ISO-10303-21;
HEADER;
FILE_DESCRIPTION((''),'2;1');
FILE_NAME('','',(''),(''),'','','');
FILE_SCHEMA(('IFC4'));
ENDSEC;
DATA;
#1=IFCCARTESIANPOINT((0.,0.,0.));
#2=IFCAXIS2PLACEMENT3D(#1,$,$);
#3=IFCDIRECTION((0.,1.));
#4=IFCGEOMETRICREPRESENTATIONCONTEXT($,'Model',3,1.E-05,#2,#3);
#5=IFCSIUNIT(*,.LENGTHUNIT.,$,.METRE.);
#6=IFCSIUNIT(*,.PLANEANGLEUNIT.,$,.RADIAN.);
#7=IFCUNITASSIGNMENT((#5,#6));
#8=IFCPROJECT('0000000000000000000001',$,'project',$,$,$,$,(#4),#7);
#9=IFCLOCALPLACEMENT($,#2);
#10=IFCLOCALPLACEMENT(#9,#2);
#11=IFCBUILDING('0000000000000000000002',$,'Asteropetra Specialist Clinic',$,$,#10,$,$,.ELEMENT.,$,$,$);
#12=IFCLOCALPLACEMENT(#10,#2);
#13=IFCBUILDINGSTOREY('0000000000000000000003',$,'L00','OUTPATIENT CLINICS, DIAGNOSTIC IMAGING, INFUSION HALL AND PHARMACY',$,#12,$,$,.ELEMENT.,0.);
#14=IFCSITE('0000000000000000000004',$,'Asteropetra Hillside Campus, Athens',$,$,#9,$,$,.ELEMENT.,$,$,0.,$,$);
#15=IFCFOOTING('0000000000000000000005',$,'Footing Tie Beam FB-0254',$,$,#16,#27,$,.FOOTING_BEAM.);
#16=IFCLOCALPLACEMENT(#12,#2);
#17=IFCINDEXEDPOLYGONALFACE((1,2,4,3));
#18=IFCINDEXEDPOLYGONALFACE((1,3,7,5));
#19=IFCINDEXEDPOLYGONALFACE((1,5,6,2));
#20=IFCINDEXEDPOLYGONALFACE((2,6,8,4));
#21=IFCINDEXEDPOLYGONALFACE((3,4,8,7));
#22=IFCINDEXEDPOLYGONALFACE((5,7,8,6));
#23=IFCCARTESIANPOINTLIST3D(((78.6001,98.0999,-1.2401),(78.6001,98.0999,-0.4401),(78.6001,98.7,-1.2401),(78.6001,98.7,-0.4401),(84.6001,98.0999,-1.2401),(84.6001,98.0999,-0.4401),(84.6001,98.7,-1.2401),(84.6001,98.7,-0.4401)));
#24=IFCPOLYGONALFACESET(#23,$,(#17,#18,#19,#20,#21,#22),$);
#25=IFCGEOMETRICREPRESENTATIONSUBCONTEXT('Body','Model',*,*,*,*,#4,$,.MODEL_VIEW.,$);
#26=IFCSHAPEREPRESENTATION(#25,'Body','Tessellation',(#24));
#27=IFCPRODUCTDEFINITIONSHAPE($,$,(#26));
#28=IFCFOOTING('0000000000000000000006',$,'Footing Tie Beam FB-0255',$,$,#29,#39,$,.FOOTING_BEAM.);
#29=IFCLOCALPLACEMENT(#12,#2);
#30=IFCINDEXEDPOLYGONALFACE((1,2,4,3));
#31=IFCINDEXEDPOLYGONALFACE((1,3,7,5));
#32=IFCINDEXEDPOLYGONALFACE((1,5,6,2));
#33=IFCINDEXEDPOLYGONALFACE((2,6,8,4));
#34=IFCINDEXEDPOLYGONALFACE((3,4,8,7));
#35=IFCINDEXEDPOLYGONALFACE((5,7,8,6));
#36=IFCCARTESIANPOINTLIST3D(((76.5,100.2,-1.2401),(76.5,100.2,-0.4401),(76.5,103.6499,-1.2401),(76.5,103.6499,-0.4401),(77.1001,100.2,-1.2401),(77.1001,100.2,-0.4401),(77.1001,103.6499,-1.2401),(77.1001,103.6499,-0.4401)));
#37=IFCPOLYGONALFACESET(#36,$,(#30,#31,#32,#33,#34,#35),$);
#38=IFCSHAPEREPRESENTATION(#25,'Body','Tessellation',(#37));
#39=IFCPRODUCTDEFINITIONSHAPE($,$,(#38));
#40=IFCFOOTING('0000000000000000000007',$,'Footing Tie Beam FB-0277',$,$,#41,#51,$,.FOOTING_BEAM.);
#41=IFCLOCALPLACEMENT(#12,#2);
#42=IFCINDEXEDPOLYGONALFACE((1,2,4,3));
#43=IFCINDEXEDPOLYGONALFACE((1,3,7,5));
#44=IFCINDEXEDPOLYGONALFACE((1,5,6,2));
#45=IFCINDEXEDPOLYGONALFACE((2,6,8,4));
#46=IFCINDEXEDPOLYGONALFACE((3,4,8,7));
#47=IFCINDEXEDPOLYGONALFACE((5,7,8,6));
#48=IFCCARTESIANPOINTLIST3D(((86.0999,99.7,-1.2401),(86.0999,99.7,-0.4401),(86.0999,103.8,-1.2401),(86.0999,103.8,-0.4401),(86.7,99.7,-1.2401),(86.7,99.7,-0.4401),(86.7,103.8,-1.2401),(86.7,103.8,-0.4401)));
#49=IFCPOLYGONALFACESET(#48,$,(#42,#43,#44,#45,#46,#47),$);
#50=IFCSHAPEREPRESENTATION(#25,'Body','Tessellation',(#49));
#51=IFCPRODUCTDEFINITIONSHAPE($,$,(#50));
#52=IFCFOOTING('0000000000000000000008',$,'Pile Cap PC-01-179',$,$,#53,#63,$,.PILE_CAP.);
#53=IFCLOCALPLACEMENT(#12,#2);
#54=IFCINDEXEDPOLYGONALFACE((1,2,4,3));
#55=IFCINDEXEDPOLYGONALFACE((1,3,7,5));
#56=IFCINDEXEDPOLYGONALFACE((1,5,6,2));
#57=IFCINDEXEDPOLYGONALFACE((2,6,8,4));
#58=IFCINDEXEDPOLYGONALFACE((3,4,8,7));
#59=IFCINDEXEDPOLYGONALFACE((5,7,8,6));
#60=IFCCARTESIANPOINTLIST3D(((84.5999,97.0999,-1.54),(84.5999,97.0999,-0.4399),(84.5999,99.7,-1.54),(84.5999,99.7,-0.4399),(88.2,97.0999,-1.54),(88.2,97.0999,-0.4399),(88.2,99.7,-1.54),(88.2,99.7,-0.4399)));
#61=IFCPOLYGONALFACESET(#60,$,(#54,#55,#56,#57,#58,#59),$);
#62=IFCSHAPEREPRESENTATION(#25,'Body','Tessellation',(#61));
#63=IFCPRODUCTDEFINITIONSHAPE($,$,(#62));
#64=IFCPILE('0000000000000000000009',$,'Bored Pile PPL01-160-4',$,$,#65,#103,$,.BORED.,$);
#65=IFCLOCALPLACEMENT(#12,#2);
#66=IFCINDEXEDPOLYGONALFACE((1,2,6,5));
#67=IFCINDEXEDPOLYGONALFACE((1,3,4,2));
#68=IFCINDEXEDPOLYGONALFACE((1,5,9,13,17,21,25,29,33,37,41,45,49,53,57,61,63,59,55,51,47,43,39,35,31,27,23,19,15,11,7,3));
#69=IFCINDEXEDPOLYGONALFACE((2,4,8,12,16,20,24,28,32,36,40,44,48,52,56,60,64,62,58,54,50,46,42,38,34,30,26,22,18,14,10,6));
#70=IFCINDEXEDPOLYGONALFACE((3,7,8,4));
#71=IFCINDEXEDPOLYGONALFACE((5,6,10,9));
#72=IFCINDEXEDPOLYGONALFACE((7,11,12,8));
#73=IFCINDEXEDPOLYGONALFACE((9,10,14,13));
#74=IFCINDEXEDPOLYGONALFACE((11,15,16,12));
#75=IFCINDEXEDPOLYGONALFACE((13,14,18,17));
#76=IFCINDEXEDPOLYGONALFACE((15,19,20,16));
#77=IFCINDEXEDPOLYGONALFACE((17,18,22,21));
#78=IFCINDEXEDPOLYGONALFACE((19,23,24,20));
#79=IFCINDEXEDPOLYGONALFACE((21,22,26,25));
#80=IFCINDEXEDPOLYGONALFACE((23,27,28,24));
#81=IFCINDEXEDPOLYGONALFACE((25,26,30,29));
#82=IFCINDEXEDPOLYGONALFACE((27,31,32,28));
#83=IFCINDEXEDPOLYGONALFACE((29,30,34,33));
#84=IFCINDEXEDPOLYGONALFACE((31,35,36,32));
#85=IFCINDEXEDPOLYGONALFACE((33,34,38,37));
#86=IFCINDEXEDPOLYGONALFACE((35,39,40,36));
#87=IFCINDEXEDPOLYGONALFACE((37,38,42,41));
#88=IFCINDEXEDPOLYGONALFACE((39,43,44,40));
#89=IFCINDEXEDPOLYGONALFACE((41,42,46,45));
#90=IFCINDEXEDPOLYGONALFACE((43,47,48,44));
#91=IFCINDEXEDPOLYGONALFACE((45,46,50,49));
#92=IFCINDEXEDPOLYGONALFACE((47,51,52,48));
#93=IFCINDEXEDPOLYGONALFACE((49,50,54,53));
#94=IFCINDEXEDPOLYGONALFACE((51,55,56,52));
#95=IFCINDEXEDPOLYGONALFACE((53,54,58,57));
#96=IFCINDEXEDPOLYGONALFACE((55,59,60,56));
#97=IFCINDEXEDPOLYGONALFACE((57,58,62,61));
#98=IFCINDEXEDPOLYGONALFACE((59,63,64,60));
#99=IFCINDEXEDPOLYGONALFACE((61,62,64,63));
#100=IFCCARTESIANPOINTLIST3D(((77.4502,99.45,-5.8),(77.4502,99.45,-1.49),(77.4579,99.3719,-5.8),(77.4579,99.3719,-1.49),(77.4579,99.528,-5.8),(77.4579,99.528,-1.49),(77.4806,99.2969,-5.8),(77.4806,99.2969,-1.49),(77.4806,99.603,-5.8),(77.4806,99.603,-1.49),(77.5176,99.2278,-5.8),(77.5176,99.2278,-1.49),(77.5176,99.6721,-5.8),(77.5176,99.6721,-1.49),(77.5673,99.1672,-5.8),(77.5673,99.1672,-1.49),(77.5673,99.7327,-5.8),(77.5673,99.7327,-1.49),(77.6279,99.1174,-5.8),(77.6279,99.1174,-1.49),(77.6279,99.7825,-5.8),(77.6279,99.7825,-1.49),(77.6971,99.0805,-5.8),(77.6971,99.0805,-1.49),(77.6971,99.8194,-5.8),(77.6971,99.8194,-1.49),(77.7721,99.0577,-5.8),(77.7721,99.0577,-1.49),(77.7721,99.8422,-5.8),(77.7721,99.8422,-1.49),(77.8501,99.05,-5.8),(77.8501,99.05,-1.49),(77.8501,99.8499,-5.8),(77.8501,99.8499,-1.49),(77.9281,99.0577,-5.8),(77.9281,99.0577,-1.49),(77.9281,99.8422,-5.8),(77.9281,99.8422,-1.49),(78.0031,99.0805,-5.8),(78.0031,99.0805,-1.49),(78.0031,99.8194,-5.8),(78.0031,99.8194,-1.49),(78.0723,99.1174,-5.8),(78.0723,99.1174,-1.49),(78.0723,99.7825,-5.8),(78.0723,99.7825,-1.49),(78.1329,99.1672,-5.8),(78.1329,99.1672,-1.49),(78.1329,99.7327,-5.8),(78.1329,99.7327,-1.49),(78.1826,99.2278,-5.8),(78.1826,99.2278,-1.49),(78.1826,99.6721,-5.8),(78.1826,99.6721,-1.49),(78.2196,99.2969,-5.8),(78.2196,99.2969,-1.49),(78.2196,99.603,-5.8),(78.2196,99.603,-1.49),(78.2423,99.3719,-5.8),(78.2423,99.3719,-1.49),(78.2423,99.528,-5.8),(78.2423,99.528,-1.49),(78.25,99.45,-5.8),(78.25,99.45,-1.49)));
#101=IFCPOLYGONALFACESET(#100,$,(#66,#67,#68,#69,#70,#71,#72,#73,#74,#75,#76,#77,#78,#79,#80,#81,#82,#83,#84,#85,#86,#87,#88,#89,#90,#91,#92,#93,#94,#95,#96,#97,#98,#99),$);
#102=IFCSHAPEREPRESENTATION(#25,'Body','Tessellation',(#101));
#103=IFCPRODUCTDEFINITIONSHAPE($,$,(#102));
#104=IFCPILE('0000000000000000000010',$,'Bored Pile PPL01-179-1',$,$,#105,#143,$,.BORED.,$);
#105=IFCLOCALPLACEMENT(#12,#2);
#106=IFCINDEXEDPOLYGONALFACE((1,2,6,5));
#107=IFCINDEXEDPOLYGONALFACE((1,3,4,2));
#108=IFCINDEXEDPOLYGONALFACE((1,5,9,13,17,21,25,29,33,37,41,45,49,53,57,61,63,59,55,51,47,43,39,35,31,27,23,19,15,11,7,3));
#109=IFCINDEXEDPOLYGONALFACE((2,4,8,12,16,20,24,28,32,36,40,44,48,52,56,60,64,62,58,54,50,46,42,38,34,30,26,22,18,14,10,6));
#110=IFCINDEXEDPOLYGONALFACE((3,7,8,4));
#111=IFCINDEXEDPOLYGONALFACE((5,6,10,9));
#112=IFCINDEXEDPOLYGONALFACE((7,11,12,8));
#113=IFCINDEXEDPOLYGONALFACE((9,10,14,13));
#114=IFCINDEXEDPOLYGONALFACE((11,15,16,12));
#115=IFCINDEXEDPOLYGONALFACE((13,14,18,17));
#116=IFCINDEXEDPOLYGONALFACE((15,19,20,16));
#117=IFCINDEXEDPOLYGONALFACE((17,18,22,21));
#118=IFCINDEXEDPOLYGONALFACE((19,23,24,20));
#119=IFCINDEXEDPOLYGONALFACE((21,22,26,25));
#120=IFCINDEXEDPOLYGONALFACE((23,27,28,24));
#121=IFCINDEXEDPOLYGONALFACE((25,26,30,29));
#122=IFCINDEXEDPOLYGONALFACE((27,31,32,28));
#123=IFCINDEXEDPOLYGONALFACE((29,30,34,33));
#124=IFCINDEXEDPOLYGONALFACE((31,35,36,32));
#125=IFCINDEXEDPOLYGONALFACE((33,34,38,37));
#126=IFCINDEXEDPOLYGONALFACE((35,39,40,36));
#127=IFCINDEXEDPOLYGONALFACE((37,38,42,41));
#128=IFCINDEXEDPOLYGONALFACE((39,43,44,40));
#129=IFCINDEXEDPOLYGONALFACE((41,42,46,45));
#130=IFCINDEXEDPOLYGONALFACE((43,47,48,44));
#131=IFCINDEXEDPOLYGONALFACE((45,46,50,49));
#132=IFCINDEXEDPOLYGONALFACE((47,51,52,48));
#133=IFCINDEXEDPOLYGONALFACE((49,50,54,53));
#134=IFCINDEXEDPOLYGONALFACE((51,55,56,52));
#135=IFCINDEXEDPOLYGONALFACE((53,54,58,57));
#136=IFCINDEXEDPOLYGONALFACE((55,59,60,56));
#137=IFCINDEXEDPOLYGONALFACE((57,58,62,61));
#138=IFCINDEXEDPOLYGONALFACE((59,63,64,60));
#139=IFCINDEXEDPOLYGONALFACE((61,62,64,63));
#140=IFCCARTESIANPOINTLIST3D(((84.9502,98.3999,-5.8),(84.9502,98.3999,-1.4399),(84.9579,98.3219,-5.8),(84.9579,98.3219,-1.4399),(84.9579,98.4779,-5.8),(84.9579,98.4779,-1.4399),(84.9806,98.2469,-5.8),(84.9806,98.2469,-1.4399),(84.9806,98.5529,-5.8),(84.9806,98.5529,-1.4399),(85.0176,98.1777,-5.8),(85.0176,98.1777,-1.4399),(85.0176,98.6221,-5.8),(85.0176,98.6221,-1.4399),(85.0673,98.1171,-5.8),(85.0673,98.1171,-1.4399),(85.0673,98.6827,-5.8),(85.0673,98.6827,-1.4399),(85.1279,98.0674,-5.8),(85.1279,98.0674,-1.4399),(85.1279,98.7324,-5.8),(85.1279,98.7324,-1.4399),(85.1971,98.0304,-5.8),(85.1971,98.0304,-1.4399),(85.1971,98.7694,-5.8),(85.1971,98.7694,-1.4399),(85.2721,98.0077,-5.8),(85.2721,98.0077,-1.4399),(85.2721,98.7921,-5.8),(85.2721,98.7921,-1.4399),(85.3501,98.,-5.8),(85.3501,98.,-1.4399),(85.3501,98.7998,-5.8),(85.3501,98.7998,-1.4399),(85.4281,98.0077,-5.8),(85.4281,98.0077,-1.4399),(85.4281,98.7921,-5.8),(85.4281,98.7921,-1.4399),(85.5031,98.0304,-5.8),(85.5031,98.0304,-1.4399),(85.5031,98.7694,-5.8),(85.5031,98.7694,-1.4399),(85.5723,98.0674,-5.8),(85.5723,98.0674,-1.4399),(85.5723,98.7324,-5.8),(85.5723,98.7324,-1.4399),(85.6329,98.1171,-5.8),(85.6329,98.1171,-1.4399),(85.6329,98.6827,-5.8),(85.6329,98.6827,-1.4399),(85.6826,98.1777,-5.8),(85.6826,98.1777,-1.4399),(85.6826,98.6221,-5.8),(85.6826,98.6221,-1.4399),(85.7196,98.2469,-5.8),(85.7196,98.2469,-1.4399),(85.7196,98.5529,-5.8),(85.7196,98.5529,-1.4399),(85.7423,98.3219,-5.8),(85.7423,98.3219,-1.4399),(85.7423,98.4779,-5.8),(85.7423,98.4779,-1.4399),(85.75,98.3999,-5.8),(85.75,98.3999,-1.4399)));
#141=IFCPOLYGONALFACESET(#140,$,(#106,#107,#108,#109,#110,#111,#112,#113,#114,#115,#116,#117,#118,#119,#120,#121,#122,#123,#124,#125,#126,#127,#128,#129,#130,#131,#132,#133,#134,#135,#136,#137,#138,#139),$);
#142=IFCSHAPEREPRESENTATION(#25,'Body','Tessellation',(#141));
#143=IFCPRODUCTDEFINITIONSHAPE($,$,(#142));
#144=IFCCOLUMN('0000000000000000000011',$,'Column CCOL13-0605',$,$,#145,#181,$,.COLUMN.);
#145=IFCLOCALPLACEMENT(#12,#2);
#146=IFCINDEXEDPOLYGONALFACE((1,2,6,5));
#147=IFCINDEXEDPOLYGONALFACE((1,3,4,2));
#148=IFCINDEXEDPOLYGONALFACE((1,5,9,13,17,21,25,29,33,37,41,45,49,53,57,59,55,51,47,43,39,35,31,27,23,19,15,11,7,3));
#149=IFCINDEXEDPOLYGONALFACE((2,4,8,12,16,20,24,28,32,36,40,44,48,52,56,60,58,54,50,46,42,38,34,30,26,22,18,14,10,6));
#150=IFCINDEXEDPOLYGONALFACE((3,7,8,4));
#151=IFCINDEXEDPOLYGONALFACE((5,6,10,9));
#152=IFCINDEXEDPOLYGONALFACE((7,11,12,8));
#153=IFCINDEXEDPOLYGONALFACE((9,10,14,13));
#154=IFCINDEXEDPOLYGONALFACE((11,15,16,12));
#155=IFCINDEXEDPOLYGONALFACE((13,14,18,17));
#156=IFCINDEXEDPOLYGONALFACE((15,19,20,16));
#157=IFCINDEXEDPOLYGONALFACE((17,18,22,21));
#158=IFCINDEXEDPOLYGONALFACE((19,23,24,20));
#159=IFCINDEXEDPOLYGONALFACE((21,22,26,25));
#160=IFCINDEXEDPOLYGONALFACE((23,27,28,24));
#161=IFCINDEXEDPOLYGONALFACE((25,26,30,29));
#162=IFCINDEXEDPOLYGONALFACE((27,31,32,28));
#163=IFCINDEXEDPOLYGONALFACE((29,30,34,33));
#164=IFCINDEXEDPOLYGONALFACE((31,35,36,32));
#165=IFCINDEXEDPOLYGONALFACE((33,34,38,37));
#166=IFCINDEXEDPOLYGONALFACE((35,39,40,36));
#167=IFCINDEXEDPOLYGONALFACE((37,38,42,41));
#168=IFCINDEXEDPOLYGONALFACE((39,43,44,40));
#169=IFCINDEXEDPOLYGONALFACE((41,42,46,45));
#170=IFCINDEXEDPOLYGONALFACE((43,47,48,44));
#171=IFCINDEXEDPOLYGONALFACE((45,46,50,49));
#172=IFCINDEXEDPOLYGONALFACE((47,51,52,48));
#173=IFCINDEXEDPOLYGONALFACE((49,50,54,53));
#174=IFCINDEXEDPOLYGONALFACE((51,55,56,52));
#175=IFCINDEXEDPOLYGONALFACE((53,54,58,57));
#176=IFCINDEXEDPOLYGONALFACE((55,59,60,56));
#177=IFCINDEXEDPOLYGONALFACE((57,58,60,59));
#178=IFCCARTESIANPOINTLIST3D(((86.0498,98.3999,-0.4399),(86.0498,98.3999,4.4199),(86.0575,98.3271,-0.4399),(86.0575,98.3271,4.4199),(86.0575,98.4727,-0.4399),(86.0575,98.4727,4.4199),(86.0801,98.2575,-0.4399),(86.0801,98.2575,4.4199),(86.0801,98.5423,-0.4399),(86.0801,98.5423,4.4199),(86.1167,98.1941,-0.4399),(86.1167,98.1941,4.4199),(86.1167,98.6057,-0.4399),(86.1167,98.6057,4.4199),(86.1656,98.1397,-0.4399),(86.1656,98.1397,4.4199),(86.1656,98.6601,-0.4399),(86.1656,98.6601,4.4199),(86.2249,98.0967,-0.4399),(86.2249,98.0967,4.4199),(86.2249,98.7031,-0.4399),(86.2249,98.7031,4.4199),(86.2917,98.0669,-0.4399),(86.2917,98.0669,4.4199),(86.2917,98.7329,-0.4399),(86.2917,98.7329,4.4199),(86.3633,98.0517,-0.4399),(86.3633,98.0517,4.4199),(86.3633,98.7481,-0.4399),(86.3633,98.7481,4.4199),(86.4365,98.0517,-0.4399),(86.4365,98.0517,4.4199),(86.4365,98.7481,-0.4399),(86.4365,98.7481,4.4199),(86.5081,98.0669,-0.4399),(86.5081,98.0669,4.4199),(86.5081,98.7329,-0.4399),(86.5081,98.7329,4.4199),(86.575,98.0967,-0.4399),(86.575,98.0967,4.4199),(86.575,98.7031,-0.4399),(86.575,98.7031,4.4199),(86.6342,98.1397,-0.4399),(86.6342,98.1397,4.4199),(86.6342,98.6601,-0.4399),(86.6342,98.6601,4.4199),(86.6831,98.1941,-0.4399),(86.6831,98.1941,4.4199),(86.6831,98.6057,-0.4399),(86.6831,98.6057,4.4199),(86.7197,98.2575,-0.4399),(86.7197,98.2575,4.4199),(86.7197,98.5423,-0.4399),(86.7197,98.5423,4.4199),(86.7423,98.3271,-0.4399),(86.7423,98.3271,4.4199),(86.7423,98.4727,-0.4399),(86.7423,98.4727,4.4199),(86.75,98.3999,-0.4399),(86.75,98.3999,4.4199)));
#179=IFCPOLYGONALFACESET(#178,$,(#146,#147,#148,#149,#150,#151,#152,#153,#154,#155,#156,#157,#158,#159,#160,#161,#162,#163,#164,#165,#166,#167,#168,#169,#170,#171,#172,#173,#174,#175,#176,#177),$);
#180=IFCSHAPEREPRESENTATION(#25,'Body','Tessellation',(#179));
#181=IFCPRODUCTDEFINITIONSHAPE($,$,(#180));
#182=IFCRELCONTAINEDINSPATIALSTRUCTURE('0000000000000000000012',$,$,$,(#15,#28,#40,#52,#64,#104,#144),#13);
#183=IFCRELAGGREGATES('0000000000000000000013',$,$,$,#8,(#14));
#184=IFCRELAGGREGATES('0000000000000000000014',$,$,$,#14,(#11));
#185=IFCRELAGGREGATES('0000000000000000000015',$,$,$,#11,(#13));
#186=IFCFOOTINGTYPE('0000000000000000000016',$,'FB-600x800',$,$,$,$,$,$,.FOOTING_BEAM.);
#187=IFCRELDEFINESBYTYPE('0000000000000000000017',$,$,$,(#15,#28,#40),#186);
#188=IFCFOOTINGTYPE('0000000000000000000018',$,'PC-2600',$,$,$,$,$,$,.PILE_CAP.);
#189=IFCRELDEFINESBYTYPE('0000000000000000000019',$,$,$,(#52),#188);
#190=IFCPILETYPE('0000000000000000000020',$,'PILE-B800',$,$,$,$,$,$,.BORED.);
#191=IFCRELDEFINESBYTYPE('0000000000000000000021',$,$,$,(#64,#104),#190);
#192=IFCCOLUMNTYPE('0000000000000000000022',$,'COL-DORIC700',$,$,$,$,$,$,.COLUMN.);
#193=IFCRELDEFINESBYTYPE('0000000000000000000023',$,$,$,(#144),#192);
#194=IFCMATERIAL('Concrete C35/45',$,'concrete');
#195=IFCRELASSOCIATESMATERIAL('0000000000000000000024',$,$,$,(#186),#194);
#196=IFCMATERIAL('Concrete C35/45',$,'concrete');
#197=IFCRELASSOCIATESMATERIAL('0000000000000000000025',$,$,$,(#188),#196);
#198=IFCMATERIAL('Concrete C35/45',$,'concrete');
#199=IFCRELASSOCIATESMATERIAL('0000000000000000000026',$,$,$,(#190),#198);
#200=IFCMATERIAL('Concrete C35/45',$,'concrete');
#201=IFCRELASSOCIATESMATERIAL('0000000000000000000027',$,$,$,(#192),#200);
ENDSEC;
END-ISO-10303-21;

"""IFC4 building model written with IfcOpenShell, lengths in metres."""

from ifc_helpers import new_model, si_unit, direction, frame, origin, origin_2d, place, context, subcontext, project, spatial, rectangle, circle, extrude, material, material_profile, profile_set, type_object, element, save


model = new_model("IFC4")

# Units and contexts
model_context = context("Model", 3, precision=1e-05, world=origin(), true_north=direction((0.0, 1.0)))
body_context = subcontext(model_context, "Body", "Model", "MODEL_VIEW")
ifc_project = project(units=[si_unit("LENGTHUNIT", "METRE"), si_unit("PLANEANGLEUNIT", "RADIAN")], contexts=[model_context])

# Site, building, storey
site_placement = place(None, origin())
site = spatial("IfcSite", under=ifc_project, at=site_placement, Name="Asteropetra Hillside Campus, Athens", CompositionType="ELEMENT", RefElevation=0.0)
building_placement = place(site_placement, origin())
building = spatial("IfcBuilding", under=site, at=building_placement, Name="Asteropetra Specialist Clinic", CompositionType="ELEMENT")
storey_placement = place(building_placement, origin())
storey = spatial("IfcBuildingStorey", under=building, at=storey_placement, Name="L00", Description="OUTPATIENT CLINICS, DIAGNOSTIC IMAGING, INFUSION HALL AND PHARMACY", CompositionType="ELEMENT", Elevation=0.0)

# Footings
ifc_material_1 = material(Name="Concrete C35/45", Category="concrete")
ifc_material_profile_1 = material_profile(ifc_material_1, rectangle(XDim=0.6001, YDim=0.8, at=origin_2d()), Name="FB 600x800")
ifc_profile_set_1 = profile_set([ifc_material_profile_1], Name="Concrete C35/45")
footing_type_1 = type_object("IfcFootingType", Name="FB-600x800", PredefinedType="FOOTING_BEAM", material=ifc_profile_set_1)
footing_1_placement = place(storey_placement, frame((78.6001, 98.3999, -0.8401), z_axis=(1.0, 0.0, 0.0), x_axis=(0.0, 1.0, 0.0)))
element("IfcFooting", 1, at=footing_1_placement, inside=storey, type_object=footing_type_1, Name="Footing Tie Beam FB-0254", PredefinedType="FOOTING_BEAM", context=body_context, shape_type="SweptSolid", body=[
    extrude(rectangle(XDim=0.6001, YDim=0.8, at=origin_2d()), origin(), (0.0, 0.0, 1.0), 6.0),
])
footing_2_placement = place(storey_placement, frame((76.8, 100.2, -0.8401), z_axis=(0.0, 1.0, 0.0), x_axis=(-1.0, 0.0, 0.0)))
element("IfcFooting", 2, at=footing_2_placement, inside=storey, type_object=footing_type_1, Name="Footing Tie Beam FB-0255", PredefinedType="FOOTING_BEAM", context=body_context, shape_type="SweptSolid", body=[
    extrude(rectangle(XDim=0.6001, YDim=0.8, at=origin_2d()), origin(), (0.0, 0.0, 1.0), 3.45),
])
footing_3_placement = place(storey_placement, frame((86.3999, 99.7, -0.8401), z_axis=(0.0, 1.0, 0.0), x_axis=(-1.0, 0.0, 0.0)))
element("IfcFooting", 3, at=footing_3_placement, inside=storey, type_object=footing_type_1, Name="Footing Tie Beam FB-0277", PredefinedType="FOOTING_BEAM", context=body_context, shape_type="SweptSolid", body=[
    extrude(rectangle(XDim=0.6001, YDim=0.8, at=origin_2d()), origin(), (0.0, 0.0, 1.0), 4.1001),
])
ifc_material_2 = material(Name="Concrete C35/45", Category="concrete")
footing_type_2 = type_object("IfcFootingType", Name="PC-2600", PredefinedType="PILE_CAP", material=ifc_material_2)
footing_4_placement = place(storey_placement, frame((86.3999, 98.3999, -1.54), z_axis=(0.0, 0.0, 1.0), x_axis=(1.0, 0.0, 0.0)))
element("IfcFooting", 4, at=footing_4_placement, inside=storey, type_object=footing_type_2, Name="Pile Cap PC-01-179", PredefinedType="PILE_CAP", context=body_context, shape_type="SweptSolid", body=[
    extrude(rectangle(XDim=3.6001, YDim=2.6001, at=origin_2d()), origin(), (0.0, 0.0, 1.0), 1.1001),
])

# Piles
ifc_material_3 = material(Name="Concrete C35/45", Category="concrete")
ifc_material_profile_2 = material_profile(ifc_material_3, circle(Radius=0.3999, at=origin_2d()), Name="PILE D800")
ifc_profile_set_2 = profile_set([ifc_material_profile_2], Name="Concrete C35/45")
pile_type = type_object("IfcPileType", Name="PILE-B800", PredefinedType="BORED", material=ifc_profile_set_2)
pile_1_placement = place(storey_placement, frame((77.8501, 99.45, -1.49), z_axis=(0.0, 0.0, -1.0), x_axis=(1.0, 0.0, 0.0)))
element("IfcPile", 5, at=pile_1_placement, inside=storey, type_object=pile_type, Name="Bored Pile PPL01-160-4", PredefinedType="BORED", context=body_context, shape_type="SweptSolid", body=[
    extrude(circle(Radius=0.3999, at=origin_2d()), origin(), (0.0, 0.0, 1.0), 4.3101),
])
pile_2_placement = place(storey_placement, frame((85.3501, 98.3999, -1.4399), z_axis=(0.0, 0.0, -1.0), x_axis=(1.0, 0.0, 0.0)))
element("IfcPile", 6, at=pile_2_placement, inside=storey, type_object=pile_type, Name="Bored Pile PPL01-179-1", PredefinedType="BORED", context=body_context, shape_type="SweptSolid", body=[
    extrude(circle(Radius=0.3999, at=origin_2d()), origin(), (0.0, 0.0, 1.0), 4.3601),
])

# Column
ifc_material_4 = material(Name="Concrete C35/45", Category="concrete")
ifc_material_profile_3 = material_profile(ifc_material_4, circle(Radius=0.3501, at=origin_2d()), Name="RCC D700")
ifc_profile_set_3 = profile_set([ifc_material_profile_3], Name="Concrete C35/45")
column_type_1 = type_object("IfcColumnType", Name="COL-DORIC700", PredefinedType="COLUMN", material=ifc_profile_set_3)
column_1_placement = place(storey_placement, frame((86.3999, 98.3999, -0.4399), z_axis=(0.0, 0.0, 1.0), x_axis=(1.0, 0.0, 0.0)))
element("IfcColumn", 7, at=column_1_placement, inside=storey, type_object=column_type_1, Name="Column CCOL13-0605", PredefinedType="COLUMN", context=body_context, shape_type="SweptSolid", body=[
    extrude(circle(Radius=0.3501, at=origin_2d()), origin(), (0.0, 0.0, 1.0), 4.8599),
])

save(model, "model.ifc")
